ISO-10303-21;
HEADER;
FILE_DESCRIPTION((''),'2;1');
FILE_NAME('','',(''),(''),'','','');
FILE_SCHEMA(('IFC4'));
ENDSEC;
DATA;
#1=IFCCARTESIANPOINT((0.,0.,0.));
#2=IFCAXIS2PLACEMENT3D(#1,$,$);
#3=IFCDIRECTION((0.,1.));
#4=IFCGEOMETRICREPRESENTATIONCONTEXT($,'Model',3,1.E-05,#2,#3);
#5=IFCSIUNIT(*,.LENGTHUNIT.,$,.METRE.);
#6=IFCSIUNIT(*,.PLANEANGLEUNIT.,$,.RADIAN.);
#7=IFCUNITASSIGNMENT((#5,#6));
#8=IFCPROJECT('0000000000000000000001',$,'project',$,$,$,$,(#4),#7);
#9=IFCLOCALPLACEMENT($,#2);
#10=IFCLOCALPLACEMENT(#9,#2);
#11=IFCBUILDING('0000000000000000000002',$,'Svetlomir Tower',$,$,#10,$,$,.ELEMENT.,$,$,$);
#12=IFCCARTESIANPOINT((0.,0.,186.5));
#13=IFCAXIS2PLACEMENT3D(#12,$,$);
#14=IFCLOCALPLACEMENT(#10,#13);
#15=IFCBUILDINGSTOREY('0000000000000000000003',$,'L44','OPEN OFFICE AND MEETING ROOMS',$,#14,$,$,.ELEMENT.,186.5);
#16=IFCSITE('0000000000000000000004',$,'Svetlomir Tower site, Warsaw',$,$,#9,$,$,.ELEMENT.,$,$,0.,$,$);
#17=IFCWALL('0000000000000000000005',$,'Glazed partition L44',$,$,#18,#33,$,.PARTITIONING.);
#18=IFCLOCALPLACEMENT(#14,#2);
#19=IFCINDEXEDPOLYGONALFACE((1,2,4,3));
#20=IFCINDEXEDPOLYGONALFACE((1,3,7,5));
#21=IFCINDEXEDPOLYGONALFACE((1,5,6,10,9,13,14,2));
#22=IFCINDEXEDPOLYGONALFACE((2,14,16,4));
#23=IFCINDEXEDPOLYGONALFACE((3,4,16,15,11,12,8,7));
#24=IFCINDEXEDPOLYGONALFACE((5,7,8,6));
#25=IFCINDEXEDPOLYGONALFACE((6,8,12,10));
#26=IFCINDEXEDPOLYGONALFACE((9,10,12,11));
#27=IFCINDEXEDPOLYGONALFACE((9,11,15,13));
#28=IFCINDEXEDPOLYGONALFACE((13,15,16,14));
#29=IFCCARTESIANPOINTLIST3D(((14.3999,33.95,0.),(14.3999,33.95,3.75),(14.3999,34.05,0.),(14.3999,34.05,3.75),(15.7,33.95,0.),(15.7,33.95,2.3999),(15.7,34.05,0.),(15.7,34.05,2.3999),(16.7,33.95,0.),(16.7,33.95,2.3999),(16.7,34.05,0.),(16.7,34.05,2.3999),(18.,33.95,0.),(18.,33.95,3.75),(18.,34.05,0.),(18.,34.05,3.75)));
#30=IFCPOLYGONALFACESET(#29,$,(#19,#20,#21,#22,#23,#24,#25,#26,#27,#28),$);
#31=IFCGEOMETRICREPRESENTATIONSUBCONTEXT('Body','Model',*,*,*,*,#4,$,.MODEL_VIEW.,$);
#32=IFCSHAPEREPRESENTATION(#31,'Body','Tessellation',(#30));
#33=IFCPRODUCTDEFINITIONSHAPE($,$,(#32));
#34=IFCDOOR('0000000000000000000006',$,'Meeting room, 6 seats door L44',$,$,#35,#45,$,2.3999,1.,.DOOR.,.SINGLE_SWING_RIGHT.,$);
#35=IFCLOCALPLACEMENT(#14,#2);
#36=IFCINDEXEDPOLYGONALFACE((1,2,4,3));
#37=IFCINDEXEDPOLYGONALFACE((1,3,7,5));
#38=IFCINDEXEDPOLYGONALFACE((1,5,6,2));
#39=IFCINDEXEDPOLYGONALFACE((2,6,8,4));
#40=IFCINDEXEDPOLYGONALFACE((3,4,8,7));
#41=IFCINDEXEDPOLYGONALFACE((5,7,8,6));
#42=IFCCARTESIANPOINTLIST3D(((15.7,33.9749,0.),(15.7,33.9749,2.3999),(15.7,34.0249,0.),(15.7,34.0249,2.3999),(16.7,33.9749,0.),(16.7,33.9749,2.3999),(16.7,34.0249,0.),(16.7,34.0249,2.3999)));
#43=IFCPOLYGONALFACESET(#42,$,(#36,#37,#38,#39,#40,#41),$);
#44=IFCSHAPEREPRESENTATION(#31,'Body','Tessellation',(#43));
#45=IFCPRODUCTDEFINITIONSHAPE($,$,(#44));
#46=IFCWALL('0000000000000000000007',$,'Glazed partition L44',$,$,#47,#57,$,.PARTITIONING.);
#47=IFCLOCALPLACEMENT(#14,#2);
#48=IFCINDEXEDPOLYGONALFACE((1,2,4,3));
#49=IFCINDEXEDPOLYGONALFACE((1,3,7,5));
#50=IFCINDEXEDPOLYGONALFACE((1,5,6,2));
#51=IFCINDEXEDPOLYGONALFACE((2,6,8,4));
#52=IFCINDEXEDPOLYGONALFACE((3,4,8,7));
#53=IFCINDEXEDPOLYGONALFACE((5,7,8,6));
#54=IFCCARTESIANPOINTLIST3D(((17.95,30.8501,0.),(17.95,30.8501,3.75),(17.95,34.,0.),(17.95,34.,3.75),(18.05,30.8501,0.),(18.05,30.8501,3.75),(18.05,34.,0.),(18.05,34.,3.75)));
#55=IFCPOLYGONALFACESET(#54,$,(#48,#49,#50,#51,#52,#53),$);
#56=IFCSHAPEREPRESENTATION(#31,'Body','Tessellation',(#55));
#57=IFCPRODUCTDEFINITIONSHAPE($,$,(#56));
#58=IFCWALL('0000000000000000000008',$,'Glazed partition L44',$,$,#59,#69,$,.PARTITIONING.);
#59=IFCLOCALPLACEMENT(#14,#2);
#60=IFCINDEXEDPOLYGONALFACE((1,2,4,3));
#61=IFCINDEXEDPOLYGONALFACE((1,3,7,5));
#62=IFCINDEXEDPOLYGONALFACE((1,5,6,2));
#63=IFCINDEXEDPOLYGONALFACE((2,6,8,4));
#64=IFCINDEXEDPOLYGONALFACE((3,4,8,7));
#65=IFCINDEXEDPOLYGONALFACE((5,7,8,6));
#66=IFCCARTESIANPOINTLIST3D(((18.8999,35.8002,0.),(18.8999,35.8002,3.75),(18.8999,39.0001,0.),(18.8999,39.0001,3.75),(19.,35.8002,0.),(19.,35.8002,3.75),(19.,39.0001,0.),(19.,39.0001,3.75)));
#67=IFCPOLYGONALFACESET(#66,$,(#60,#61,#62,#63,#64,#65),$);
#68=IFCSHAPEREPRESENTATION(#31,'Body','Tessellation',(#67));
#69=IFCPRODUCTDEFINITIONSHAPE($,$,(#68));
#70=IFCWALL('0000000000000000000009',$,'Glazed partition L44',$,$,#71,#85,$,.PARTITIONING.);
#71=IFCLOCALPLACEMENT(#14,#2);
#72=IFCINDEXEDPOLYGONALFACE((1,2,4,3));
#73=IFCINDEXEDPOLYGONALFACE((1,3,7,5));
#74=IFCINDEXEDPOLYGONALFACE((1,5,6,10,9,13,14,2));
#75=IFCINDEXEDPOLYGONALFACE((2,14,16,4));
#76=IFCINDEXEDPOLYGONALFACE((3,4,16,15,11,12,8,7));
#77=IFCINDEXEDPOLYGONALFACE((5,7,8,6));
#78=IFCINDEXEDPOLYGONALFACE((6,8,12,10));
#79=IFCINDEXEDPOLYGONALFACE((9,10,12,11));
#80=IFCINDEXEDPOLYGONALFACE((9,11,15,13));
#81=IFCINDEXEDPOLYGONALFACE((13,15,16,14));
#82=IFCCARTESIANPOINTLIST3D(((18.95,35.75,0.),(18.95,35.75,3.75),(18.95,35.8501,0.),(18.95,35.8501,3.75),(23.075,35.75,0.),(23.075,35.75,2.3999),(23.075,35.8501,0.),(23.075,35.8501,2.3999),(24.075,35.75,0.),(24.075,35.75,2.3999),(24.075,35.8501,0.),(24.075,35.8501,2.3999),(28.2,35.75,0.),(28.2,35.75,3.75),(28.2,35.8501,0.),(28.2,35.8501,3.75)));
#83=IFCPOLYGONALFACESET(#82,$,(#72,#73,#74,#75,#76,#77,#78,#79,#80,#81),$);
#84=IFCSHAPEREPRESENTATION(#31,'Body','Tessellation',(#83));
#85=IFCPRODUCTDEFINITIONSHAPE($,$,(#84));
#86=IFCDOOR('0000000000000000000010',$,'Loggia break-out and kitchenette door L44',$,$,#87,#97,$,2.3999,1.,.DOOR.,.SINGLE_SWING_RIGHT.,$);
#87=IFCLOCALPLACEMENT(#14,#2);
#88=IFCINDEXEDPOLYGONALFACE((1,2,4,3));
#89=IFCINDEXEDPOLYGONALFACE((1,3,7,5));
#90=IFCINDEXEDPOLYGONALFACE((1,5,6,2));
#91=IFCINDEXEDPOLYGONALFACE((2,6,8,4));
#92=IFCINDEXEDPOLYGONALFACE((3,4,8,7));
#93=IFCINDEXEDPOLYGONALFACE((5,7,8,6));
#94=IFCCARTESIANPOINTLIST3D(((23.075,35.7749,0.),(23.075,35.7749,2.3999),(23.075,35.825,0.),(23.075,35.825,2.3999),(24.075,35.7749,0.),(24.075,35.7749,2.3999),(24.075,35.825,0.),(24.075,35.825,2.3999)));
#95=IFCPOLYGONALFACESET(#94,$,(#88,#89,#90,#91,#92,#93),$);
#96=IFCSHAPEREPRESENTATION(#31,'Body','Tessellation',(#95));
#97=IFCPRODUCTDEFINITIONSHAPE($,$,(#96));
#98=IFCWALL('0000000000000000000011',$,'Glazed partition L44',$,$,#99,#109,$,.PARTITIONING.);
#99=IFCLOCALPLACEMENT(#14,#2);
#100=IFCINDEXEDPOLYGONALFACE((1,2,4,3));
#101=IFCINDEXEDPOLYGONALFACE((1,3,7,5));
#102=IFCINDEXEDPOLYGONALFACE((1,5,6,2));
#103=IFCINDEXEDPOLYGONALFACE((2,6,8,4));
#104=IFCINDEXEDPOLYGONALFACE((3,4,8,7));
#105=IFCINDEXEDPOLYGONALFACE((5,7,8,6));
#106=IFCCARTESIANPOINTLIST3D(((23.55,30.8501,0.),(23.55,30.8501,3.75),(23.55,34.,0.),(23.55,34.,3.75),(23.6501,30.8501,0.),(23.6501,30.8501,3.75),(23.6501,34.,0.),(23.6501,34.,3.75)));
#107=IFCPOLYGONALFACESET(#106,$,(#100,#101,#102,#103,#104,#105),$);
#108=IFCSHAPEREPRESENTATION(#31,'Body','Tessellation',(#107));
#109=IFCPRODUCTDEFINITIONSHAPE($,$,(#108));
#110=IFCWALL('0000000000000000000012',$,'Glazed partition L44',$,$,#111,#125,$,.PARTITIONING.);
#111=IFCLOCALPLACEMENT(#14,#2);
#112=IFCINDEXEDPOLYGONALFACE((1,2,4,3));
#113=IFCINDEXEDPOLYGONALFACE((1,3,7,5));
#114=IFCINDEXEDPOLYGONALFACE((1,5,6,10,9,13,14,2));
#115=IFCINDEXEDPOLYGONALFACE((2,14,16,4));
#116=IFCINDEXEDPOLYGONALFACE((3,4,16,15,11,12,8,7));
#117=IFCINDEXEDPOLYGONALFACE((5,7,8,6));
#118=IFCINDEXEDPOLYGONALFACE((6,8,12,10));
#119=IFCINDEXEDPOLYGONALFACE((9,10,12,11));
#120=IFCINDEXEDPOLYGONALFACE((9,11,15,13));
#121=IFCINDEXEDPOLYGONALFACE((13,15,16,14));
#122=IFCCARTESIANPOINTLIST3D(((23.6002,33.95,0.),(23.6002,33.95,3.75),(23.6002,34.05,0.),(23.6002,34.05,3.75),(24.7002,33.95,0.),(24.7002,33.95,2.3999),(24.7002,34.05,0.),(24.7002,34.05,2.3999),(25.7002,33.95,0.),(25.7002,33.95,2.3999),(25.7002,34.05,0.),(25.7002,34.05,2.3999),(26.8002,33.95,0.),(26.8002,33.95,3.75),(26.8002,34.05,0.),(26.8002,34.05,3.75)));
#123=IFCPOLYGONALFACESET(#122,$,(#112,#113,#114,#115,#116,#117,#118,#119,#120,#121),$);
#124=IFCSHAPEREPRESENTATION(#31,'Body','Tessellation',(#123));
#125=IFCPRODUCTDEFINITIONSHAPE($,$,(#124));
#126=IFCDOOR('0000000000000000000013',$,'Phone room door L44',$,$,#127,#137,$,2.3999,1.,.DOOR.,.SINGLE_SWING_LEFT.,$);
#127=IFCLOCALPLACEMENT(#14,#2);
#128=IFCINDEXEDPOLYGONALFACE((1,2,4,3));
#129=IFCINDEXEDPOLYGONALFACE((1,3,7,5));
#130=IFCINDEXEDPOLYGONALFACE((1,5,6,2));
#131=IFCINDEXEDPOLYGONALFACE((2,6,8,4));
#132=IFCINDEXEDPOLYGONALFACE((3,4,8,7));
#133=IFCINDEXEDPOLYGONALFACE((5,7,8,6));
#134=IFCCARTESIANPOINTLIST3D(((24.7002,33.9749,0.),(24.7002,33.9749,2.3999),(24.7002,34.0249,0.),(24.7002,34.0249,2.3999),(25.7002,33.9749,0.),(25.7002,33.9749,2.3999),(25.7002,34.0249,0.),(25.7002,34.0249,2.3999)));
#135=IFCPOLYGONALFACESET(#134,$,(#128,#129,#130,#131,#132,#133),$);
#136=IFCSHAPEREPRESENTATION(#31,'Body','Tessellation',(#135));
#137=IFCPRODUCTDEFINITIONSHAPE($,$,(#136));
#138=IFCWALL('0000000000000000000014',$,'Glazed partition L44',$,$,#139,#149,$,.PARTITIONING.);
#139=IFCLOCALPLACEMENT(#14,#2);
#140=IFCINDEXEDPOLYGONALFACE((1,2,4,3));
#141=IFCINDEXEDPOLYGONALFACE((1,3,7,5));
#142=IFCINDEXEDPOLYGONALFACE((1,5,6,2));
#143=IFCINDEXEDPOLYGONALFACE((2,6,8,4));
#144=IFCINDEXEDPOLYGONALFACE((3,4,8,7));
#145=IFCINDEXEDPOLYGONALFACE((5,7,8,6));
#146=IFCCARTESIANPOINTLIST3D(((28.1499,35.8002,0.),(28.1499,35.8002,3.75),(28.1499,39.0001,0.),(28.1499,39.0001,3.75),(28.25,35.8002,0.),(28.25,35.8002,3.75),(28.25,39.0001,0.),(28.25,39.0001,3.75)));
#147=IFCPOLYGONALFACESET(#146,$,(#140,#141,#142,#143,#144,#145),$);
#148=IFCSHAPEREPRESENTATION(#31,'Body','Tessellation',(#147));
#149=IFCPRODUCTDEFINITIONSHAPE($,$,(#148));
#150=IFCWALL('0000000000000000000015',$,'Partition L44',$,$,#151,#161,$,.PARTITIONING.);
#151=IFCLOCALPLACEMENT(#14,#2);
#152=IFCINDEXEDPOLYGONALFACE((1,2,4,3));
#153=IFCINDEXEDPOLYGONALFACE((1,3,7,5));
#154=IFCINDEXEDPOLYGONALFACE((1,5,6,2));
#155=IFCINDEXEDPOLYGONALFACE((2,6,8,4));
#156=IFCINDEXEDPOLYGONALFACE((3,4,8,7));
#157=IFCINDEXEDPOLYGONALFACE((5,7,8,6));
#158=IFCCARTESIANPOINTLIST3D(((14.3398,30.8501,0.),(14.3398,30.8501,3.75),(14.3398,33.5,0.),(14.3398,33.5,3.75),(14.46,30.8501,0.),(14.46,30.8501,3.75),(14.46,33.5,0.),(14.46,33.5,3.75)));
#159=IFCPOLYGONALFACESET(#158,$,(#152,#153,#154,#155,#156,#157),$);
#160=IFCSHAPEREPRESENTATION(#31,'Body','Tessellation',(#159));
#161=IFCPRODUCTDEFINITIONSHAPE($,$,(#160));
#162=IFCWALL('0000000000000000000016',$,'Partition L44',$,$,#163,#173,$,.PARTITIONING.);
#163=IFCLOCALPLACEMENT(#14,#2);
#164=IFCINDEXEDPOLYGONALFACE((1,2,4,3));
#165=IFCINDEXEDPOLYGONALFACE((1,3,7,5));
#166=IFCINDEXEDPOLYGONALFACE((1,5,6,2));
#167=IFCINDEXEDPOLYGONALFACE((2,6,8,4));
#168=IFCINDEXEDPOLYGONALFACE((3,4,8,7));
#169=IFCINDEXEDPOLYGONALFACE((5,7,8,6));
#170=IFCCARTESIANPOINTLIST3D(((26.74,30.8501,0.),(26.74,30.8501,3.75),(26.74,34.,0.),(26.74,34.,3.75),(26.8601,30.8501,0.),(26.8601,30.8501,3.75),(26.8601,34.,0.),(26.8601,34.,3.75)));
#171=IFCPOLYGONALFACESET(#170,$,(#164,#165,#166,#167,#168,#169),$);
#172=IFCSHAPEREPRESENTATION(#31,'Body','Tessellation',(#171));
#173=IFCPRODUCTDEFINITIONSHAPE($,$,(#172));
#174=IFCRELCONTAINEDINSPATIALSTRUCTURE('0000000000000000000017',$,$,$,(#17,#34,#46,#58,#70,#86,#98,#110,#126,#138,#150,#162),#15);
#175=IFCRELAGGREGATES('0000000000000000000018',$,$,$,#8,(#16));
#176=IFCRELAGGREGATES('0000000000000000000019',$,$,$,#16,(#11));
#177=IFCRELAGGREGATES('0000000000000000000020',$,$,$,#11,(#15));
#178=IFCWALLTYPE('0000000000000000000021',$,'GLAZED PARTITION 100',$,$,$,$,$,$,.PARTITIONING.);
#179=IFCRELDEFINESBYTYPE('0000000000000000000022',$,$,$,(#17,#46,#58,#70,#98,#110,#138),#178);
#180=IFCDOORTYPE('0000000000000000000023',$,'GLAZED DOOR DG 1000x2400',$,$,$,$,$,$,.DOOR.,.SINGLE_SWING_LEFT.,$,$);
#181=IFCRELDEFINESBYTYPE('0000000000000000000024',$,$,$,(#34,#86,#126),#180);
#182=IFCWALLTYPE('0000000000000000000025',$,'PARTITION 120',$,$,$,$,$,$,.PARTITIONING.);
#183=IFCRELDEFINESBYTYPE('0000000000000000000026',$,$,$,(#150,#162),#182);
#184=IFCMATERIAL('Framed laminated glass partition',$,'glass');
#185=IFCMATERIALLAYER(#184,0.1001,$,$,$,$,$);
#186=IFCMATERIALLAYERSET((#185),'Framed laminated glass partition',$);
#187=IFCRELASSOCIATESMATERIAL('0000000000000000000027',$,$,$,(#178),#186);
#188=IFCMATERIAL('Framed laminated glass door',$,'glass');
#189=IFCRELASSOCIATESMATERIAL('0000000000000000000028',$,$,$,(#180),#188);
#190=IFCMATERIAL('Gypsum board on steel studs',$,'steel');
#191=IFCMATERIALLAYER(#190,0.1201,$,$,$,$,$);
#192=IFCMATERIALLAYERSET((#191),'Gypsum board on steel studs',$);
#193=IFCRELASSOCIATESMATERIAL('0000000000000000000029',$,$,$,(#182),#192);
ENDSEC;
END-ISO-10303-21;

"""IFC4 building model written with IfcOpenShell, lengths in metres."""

from ifc_helpers import new_model, si_unit, direction, frame, frame_2d, origin, place, context, subcontext, project, spatial, rectangle, extrude, material, layer, layer_set, type_object, element, fill, save


model = new_model("IFC4")

# Units and contexts
model_context = context("Model", 3, precision=1e-05, world=origin(), true_north=direction((0.0, 1.0)))
body_context = subcontext(model_context, "Body", "Model", "MODEL_VIEW")
ifc_project = project(units=[si_unit("LENGTHUNIT", "METRE"), si_unit("PLANEANGLEUNIT", "RADIAN")], contexts=[model_context])

# Site, building, storey
site_placement = place(None, origin())
site = spatial("IfcSite", under=ifc_project, at=site_placement, Name="Svetlomir Tower site, Warsaw", CompositionType="ELEMENT", RefElevation=0.0)
building_placement = place(site_placement, origin())
building = spatial("IfcBuilding", under=site, at=building_placement, Name="Svetlomir Tower", CompositionType="ELEMENT")
storey_placement = place(building_placement, frame((0.0, 0.0, 186.5)))
storey = spatial("IfcBuildingStorey", under=building, at=storey_placement, Name="L44", Description="OPEN OFFICE AND MEETING ROOMS", CompositionType="ELEMENT", Elevation=186.5)

# Shared definitions
ifc_material_1 = material(Name="Framed laminated glass partition", Category="glass")
ifc_layer_1 = layer(ifc_material_1, 0.1001)
ifc_layer_set_1 = layer_set([ifc_layer_1], Name="Framed laminated glass partition")
wall_type_1 = type_object("IfcWallType", Name="GLAZED PARTITION 100", PredefinedType="PARTITIONING", material=ifc_layer_set_1)

# Wall, opening, door
wall_1_placement = place(storey_placement, frame((14.3999, 34.0, 0.0), z_axis=(0.0, 0.0, 1.0), x_axis=(1.0, 0.0, 0.0)))
wall_1 = element("IfcWall", 1, at=wall_1_placement, inside=storey, type_object=wall_type_1, Name="Glazed partition L44", PredefinedType="PARTITIONING", context=body_context, shape_type="SweptSolid", body=[
    extrude(rectangle(XDim=3.6001, YDim=0.1001, at=frame_2d((1.8, 0.0))), origin(), (0.0, 0.0, 1.0), 3.75),
])
opening_1_placement = place(wall_1_placement, frame((1.3, 0.0, 0.0)))
opening_1 = element("IfcOpeningElement", 2, at=opening_1_placement, cuts=wall_1, PredefinedType="OPENING", context=body_context, shape_type="SweptSolid", body=[
    extrude(rectangle(XDim=1.0, YDim=2.3999, at=frame_2d((0.5, 1.2))), frame((0.0, 0.0601, 0.0), z_axis=(0.0, -1.0, 0.0), x_axis=(1.0, 0.0, 0.0)), (0.0, 0.0, 1.0), 0.1201),
])
ifc_material_2 = material(Name="Framed laminated glass door", Category="glass")
door_type_1 = type_object("IfcDoorType", Name="GLAZED DOOR DG 1000x2400", OperationType="SINGLE_SWING_LEFT", PredefinedType="DOOR", material=ifc_material_2)
door_1_placement = place(opening_1_placement, origin())
door_1 = element("IfcDoor", 3, at=door_1_placement, inside=storey, type_object=door_type_1, Name="Meeting room, 6 seats door L44", OperationType="SINGLE_SWING_RIGHT", OverallHeight=2.3999, OverallWidth=1.0, PredefinedType="DOOR", context=body_context, shape_type="SweptSolid", body=[
    extrude(rectangle(XDim=1.0, YDim=2.3999, at=frame_2d((0.5, 1.2))), frame((0.0, 0.0249, 0.0), z_axis=(0.0, -1.0, 0.0), x_axis=(1.0, 0.0, 0.0)), (0.0, 0.0, 1.0), 0.05),
])
fill(opening_1, door_1)

# Walls
wall_2_placement = place(storey_placement, frame((18.0, 30.8501, 0.0), z_axis=(0.0, 0.0, 1.0), x_axis=(0.0, 1.0, 0.0)))
element("IfcWall", 4, at=wall_2_placement, inside=storey, type_object=wall_type_1, Name="Glazed partition L44", PredefinedType="PARTITIONING", context=body_context, shape_type="SweptSolid", body=[
    extrude(rectangle(XDim=3.1499, YDim=0.1001, at=frame_2d((1.575, 0.0))), origin(), (0.0, 0.0, 1.0), 3.75),
])
wall_3_placement = place(storey_placement, frame((18.95, 35.8, 0.0), z_axis=(0.0, 0.0, 1.0), x_axis=(0.0, 1.0, 0.0)))
element("IfcWall", 5, at=wall_3_placement, inside=storey, type_object=wall_type_1, Name="Glazed partition L44", PredefinedType="PARTITIONING", context=body_context, shape_type="SweptSolid", body=[
    extrude(rectangle(XDim=3.2, YDim=0.1001, at=frame_2d((1.6001, 0.0))), origin(), (0.0, 0.0, 1.0), 3.75),
])

# Wall, opening, door
wall_4_placement = place(storey_placement, frame((18.95, 35.8, 0.0), z_axis=(0.0, 0.0, 1.0), x_axis=(1.0, 0.0, 0.0)))
wall_4 = element("IfcWall", 6, at=wall_4_placement, inside=storey, type_object=wall_type_1, Name="Glazed partition L44", PredefinedType="PARTITIONING", context=body_context, shape_type="SweptSolid", body=[
    extrude(rectangle(XDim=9.25, YDim=0.1001, at=frame_2d((4.625, 0.0))), origin(), (0.0, 0.0, 1.0), 3.75),
])
opening_2_placement = place(wall_4_placement, frame((4.125, 0.0, 0.0)))
opening_2 = element("IfcOpeningElement", 7, at=opening_2_placement, cuts=wall_4, PredefinedType="OPENING", context=body_context, shape_type="SweptSolid", body=[
    extrude(rectangle(XDim=1.0, YDim=2.3999, at=frame_2d((0.5, 1.2))), frame((0.0, 0.0601, 0.0), z_axis=(0.0, -1.0, 0.0), x_axis=(1.0, 0.0, 0.0)), (0.0, 0.0, 1.0), 0.1201),
])
door_2_placement = place(opening_2_placement, origin())
door_2 = element("IfcDoor", 8, at=door_2_placement, inside=storey, type_object=door_type_1, Name="Loggia break-out and kitchenette door L44", OperationType="SINGLE_SWING_RIGHT", OverallHeight=2.3999, OverallWidth=1.0, PredefinedType="DOOR", context=body_context, shape_type="SweptSolid", body=[
    extrude(rectangle(XDim=1.0, YDim=2.3999, at=frame_2d((0.5, 1.2))), frame((0.0, 0.0249, 0.0), z_axis=(0.0, -1.0, 0.0), x_axis=(1.0, 0.0, 0.0)), (0.0, 0.0, 1.0), 0.05),
])
fill(opening_2, door_2)

# Wall
wall_5_placement = place(storey_placement, frame((23.6001, 30.8501, 0.0), z_axis=(0.0, 0.0, 1.0), x_axis=(0.0, 1.0, 0.0)))
element("IfcWall", 9, at=wall_5_placement, inside=storey, type_object=wall_type_1, Name="Glazed partition L44", PredefinedType="PARTITIONING", context=body_context, shape_type="SweptSolid", body=[
    extrude(rectangle(XDim=3.1499, YDim=0.1001, at=frame_2d((1.575, 0.0))), origin(), (0.0, 0.0, 1.0), 3.75),
])

# Wall, opening, door
wall_6_placement = place(storey_placement, frame((23.6001, 34.0, 0.0), z_axis=(0.0, 0.0, 1.0), x_axis=(1.0, 0.0, 0.0)))
wall_6 = element("IfcWall", 10, at=wall_6_placement, inside=storey, type_object=wall_type_1, Name="Glazed partition L44", PredefinedType="PARTITIONING", context=body_context, shape_type="SweptSolid", body=[
    extrude(rectangle(XDim=3.2, YDim=0.1001, at=frame_2d((1.6001, 0.0))), origin(), (0.0, 0.0, 1.0), 3.75),
])
opening_3_placement = place(wall_6_placement, frame((1.1001, 0.0, 0.0)))
opening_3 = element("IfcOpeningElement", 11, at=opening_3_placement, cuts=wall_6, PredefinedType="OPENING", context=body_context, shape_type="SweptSolid", body=[
    extrude(rectangle(XDim=1.0, YDim=2.3999, at=frame_2d((0.5, 1.2))), frame((0.0, 0.0601, 0.0), z_axis=(0.0, -1.0, 0.0), x_axis=(1.0, 0.0, 0.0)), (0.0, 0.0, 1.0), 0.1201),
])
door_3_placement = place(opening_3_placement, origin())
door_3 = element("IfcDoor", 12, at=door_3_placement, inside=storey, type_object=door_type_1, Name="Phone room door L44", OperationType="SINGLE_SWING_LEFT", OverallHeight=2.3999, OverallWidth=1.0, PredefinedType="DOOR", context=body_context, shape_type="SweptSolid", body=[
    extrude(rectangle(XDim=1.0, YDim=2.3999, at=frame_2d((0.5, 1.2))), frame((0.0, 0.0249, 0.0), z_axis=(0.0, -1.0, 0.0), x_axis=(1.0, 0.0, 0.0)), (0.0, 0.0, 1.0), 0.05),
])
fill(opening_3, door_3)

# Walls
wall_7_placement = place(storey_placement, frame((28.2, 35.8, 0.0), z_axis=(0.0, 0.0, 1.0), x_axis=(0.0, 1.0, 0.0)))
element("IfcWall", 13, at=wall_7_placement, inside=storey, type_object=wall_type_1, Name="Glazed partition L44", PredefinedType="PARTITIONING", context=body_context, shape_type="SweptSolid", body=[
    extrude(rectangle(XDim=3.2, YDim=0.1001, at=frame_2d((1.6001, 0.0))), origin(), (0.0, 0.0, 1.0), 3.75),
])
ifc_material_3 = material(Name="Gypsum board on steel studs", Category="steel")
ifc_layer_2 = layer(ifc_material_3, 0.1201)
ifc_layer_set_2 = layer_set([ifc_layer_2], Name="Gypsum board on steel studs")
wall_type_2 = type_object("IfcWallType", Name="PARTITION 120", PredefinedType="PARTITIONING", material=ifc_layer_set_2)
wall_8_placement = place(storey_placement, frame((14.3999, 30.8501, 0.0), z_axis=(0.0, 0.0, 1.0), x_axis=(0.0, 1.0, 0.0)))
element("IfcWall", 14, at=wall_8_placement, inside=storey, type_object=wall_type_2, Name="Partition L44", PredefinedType="PARTITIONING", context=body_context, shape_type="SweptSolid", body=[
    extrude(rectangle(XDim=2.6499, YDim=0.1201, at=frame_2d((1.325, 0.0))), origin(), (0.0, 0.0, 1.0), 3.75),
])
wall_9_placement = place(storey_placement, frame((26.8, 30.8501, 0.0), z_axis=(0.0, 0.0, 1.0), x_axis=(0.0, 1.0, 0.0)))
element("IfcWall", 15, at=wall_9_placement, inside=storey, type_object=wall_type_2, Name="Partition L44", PredefinedType="PARTITIONING", context=body_context, shape_type="SweptSolid", body=[
    extrude(rectangle(XDim=3.1499, YDim=0.1201, at=frame_2d((1.575, 0.0))), origin(), (0.0, 0.0, 1.0), 3.75),
])

save(model, "model.ifc")
